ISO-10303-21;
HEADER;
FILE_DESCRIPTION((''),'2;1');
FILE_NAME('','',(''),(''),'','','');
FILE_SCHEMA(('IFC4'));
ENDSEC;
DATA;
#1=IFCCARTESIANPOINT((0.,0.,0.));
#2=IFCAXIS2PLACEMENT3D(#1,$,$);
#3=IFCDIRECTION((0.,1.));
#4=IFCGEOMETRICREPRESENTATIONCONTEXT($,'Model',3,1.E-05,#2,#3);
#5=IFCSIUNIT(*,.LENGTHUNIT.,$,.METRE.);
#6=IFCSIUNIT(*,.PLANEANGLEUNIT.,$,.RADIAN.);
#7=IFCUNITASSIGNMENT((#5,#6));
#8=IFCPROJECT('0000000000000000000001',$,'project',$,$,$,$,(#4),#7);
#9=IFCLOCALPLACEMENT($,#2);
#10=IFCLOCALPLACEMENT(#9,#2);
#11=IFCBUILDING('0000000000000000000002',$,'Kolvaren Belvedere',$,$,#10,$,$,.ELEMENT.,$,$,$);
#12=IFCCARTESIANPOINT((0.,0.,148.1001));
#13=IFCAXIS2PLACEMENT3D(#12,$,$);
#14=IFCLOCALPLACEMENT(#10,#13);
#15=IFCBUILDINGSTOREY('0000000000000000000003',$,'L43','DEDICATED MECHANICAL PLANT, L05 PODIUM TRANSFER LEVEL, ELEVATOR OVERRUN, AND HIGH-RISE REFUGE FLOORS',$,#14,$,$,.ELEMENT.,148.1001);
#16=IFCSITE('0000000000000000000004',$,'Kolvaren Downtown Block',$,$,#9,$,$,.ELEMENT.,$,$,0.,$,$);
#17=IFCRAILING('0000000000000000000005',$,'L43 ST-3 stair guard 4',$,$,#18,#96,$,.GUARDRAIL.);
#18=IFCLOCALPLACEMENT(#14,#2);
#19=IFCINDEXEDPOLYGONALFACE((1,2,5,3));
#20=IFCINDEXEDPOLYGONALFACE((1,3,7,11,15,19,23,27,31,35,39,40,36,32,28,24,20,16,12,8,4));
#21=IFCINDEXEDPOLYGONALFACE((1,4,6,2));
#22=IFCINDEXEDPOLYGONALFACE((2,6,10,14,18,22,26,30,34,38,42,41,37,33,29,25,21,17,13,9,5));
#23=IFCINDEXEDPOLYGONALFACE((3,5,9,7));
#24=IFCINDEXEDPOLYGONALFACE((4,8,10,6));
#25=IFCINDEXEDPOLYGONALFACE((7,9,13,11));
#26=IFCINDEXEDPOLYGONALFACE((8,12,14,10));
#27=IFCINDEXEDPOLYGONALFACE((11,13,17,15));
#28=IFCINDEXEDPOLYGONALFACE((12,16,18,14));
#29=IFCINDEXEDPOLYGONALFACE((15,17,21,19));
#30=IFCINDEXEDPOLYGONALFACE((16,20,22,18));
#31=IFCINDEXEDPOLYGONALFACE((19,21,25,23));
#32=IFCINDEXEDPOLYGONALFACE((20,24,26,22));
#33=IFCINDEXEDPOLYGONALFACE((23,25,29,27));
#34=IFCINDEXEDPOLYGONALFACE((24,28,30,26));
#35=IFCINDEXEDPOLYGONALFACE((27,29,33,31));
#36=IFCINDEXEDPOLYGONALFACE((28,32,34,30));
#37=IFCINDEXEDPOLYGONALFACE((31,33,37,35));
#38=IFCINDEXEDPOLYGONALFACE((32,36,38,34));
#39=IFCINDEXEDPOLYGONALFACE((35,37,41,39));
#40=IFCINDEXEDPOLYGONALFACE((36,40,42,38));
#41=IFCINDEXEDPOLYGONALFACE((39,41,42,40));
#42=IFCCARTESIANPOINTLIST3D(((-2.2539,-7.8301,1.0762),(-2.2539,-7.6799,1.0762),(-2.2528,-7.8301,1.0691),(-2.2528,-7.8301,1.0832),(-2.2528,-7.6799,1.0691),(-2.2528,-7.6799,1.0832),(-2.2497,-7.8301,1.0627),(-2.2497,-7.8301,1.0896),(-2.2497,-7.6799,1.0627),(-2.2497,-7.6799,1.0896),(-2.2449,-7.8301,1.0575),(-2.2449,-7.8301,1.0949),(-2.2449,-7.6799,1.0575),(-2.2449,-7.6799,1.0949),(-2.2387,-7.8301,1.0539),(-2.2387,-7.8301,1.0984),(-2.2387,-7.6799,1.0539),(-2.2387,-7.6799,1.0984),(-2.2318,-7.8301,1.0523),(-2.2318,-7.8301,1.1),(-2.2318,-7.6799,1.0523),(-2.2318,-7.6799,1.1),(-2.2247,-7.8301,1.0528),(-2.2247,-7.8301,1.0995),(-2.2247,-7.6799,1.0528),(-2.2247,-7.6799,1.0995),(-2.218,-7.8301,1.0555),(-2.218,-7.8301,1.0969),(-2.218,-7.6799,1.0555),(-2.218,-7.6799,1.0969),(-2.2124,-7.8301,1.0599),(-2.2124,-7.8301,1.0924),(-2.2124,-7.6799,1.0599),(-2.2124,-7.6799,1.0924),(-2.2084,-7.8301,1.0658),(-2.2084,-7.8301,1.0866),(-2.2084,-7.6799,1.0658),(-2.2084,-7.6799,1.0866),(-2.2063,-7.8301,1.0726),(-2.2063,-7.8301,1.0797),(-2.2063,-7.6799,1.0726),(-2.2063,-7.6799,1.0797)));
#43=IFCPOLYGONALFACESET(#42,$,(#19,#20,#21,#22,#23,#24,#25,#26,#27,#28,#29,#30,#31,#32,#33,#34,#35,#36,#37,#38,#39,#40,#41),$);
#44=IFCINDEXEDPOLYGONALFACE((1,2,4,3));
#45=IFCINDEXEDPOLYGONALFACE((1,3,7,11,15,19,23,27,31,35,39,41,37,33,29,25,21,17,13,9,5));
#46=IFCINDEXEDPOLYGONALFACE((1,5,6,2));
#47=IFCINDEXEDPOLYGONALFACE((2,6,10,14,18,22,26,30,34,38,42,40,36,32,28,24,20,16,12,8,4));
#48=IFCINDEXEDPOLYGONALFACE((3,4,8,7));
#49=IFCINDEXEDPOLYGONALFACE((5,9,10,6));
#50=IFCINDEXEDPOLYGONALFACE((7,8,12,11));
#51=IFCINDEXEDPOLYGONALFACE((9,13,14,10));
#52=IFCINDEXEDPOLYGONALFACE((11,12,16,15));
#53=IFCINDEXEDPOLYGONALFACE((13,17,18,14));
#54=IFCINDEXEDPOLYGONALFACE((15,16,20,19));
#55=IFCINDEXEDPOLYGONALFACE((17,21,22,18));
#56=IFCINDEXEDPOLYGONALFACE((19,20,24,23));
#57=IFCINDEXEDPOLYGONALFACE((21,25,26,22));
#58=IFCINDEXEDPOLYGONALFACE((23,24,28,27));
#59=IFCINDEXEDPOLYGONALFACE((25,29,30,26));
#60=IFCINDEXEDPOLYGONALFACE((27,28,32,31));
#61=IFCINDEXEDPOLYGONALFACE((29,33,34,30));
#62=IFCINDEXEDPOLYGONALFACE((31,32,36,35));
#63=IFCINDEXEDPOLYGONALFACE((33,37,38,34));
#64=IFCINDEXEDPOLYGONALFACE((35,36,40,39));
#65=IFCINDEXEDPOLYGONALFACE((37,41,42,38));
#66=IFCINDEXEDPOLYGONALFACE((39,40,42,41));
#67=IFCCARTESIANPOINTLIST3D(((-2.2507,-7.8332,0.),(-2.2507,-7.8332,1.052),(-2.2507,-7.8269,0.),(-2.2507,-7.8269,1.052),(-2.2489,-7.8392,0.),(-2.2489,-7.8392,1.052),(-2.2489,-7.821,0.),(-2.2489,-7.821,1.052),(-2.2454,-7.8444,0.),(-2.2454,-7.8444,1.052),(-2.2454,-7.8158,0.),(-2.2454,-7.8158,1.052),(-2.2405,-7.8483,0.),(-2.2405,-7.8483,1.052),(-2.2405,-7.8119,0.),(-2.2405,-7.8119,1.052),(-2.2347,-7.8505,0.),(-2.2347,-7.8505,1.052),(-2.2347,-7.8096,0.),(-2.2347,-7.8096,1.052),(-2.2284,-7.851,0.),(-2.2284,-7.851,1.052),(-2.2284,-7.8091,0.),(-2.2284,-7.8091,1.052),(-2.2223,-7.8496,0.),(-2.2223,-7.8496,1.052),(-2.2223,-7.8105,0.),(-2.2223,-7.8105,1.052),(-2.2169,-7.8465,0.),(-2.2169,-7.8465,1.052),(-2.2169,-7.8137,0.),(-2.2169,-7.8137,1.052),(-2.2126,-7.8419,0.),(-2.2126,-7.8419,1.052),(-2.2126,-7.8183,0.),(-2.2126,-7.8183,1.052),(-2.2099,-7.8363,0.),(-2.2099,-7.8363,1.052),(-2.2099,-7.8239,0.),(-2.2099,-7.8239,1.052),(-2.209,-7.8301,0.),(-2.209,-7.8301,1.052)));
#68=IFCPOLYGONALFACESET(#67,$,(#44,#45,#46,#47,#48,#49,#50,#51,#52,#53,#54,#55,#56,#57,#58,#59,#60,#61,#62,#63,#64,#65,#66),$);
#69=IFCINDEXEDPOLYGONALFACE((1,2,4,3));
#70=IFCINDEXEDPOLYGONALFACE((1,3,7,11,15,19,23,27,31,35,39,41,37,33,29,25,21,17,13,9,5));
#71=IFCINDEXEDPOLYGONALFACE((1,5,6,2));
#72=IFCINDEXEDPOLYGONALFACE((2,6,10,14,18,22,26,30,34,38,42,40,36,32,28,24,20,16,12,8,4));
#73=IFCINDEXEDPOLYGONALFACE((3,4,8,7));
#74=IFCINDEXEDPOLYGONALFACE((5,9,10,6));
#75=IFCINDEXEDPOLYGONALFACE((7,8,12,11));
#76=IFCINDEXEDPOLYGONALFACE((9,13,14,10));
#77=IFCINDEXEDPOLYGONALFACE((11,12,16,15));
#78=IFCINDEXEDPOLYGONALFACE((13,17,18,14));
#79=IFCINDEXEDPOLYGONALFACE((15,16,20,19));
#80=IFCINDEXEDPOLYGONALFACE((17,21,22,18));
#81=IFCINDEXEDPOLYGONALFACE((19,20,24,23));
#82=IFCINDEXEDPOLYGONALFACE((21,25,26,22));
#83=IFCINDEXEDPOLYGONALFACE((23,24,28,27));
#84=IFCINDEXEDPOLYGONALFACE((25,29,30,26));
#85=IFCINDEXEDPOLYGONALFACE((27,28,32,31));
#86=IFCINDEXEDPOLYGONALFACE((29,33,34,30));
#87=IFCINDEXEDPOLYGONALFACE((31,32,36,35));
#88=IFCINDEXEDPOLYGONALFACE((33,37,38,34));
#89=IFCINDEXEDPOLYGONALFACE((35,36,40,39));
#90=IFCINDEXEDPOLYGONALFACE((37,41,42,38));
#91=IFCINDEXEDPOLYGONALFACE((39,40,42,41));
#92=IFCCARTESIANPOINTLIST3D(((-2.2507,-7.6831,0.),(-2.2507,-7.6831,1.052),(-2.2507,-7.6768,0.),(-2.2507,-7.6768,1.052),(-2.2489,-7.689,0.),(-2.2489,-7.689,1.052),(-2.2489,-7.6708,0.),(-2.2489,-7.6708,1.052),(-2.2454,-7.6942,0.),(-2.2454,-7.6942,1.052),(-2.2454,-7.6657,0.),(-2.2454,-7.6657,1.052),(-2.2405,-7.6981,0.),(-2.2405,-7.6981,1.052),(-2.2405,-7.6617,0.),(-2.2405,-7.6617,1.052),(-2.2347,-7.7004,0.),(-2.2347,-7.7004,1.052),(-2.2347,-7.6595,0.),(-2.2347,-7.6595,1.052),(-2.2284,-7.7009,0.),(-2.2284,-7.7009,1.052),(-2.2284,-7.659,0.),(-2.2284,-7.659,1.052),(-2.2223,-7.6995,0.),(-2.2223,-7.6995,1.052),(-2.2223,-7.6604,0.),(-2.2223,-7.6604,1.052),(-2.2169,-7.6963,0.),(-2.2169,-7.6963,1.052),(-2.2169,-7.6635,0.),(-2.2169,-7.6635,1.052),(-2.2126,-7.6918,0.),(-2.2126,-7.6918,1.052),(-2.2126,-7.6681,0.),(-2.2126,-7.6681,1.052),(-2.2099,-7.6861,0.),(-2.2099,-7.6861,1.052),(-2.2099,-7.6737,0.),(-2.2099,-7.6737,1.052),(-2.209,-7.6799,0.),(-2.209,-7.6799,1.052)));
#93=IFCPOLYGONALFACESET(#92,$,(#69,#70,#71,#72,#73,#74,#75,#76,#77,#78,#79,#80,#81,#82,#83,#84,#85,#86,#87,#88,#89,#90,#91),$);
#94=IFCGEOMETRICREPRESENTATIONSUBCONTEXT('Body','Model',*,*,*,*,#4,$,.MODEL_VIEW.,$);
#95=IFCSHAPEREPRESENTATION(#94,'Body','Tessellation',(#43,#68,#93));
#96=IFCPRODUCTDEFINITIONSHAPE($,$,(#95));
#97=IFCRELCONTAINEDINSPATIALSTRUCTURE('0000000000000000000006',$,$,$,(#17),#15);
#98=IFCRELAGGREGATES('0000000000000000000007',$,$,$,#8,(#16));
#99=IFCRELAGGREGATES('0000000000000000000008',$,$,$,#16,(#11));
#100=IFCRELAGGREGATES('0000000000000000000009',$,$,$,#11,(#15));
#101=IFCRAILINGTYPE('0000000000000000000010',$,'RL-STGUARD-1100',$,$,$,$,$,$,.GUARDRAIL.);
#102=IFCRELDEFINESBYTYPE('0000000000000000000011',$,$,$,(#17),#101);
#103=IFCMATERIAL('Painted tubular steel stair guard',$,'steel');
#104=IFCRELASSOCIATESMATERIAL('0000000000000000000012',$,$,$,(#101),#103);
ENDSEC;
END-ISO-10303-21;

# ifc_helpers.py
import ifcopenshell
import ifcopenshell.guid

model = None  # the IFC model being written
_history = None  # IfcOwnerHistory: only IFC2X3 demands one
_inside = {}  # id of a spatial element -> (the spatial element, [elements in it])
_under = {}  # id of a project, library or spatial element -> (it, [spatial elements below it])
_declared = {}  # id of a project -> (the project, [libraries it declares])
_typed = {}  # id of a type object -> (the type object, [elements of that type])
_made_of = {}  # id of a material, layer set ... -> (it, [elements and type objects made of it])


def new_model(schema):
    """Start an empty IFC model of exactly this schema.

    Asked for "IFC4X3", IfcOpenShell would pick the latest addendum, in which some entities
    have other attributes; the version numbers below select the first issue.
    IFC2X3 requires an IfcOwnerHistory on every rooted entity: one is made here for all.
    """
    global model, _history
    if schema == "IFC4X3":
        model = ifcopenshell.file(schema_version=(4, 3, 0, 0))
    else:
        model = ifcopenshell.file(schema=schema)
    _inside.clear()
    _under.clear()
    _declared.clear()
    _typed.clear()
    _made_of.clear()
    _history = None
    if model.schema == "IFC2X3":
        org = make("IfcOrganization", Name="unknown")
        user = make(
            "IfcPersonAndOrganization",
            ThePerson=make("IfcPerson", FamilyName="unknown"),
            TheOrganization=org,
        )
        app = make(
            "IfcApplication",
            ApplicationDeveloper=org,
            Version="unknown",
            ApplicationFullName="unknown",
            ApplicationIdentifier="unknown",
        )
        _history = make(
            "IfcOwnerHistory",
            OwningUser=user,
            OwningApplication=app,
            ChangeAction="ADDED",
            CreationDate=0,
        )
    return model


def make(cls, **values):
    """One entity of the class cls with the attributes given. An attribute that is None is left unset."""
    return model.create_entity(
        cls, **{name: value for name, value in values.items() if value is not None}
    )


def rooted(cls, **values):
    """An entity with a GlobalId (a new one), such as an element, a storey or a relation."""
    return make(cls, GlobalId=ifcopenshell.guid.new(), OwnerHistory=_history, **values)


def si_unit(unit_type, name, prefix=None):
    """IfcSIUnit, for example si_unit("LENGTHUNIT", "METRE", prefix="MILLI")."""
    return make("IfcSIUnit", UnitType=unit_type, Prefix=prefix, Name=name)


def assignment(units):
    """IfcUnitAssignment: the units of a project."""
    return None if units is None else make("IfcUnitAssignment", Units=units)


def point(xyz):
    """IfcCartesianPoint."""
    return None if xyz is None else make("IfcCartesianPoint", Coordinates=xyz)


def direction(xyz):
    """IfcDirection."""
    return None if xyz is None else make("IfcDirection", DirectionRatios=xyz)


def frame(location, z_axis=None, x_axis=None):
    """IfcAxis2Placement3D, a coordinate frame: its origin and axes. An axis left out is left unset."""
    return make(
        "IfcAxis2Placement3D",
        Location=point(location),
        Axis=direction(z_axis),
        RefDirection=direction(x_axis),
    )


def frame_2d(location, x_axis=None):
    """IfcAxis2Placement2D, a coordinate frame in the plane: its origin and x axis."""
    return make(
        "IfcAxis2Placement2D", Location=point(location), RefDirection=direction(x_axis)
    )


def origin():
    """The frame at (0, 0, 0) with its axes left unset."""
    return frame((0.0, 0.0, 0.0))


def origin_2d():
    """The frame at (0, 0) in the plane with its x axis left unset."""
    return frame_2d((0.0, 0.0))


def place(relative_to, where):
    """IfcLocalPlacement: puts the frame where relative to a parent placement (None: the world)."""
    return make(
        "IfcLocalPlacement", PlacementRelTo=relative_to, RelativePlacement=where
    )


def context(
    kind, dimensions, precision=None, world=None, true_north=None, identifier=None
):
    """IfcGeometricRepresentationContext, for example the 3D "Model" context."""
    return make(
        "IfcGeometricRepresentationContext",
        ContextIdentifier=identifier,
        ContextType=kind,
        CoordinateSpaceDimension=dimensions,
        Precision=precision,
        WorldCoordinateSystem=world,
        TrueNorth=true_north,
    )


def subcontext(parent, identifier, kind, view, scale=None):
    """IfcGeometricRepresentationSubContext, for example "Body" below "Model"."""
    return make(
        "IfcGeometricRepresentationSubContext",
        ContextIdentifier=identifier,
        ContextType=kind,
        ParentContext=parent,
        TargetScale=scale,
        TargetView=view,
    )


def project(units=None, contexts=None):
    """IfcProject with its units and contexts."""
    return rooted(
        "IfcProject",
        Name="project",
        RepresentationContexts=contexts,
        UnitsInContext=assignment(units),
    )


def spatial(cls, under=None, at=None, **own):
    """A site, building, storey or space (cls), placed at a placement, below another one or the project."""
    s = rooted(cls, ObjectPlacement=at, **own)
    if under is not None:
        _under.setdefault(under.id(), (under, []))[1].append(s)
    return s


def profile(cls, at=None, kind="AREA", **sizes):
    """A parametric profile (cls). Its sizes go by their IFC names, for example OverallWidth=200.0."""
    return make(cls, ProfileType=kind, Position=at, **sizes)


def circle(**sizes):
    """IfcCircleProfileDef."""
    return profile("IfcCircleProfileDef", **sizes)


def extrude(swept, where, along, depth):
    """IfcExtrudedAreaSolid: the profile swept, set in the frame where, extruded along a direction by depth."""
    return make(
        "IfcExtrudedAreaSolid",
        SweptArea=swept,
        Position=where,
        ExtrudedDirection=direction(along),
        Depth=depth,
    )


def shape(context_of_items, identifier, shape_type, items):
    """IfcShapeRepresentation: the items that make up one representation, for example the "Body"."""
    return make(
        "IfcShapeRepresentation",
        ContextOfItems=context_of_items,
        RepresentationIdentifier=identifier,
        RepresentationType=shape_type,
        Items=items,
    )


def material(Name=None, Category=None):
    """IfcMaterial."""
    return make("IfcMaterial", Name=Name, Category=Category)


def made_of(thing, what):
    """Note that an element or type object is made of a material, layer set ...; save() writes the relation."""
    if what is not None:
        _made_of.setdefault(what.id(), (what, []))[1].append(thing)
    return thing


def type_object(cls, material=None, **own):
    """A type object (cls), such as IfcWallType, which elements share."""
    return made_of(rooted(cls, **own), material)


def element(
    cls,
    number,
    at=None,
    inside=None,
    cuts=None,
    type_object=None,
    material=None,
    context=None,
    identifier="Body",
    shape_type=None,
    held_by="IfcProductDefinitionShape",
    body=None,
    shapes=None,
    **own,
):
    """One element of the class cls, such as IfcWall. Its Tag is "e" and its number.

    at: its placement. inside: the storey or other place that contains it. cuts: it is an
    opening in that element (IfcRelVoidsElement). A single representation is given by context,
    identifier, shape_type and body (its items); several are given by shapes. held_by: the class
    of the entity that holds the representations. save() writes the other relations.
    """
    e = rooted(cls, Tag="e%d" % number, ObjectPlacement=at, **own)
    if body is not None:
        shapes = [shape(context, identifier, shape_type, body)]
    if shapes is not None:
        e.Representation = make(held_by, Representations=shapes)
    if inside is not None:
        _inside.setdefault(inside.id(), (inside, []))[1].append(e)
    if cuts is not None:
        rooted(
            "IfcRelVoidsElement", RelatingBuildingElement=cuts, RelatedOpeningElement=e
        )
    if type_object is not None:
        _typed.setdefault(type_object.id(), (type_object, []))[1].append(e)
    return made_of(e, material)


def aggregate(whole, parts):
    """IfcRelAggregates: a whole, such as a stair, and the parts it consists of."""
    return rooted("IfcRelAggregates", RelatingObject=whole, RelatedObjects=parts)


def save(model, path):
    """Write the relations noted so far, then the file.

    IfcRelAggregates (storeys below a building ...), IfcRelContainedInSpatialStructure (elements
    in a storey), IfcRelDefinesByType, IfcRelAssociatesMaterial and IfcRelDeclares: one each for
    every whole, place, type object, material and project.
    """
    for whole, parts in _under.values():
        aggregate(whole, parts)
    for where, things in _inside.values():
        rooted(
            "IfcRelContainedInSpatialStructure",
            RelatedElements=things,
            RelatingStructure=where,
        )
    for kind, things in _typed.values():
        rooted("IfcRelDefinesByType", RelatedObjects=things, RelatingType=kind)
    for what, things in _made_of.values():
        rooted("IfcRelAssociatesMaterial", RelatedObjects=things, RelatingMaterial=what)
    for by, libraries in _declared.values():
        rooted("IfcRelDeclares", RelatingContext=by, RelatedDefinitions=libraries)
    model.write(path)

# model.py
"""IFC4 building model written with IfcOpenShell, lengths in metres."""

from ifc_helpers import new_model, si_unit, direction, frame, origin, origin_2d, place, context, subcontext, project, spatial, circle, extrude, material, type_object, element, save


model = new_model("IFC4")

# Units and contexts
model_context = context("Model", 3, precision=1e-05, world=origin(), true_north=direction((0.0, 1.0)))
body_context = subcontext(model_context, "Body", "Model", "MODEL_VIEW")
ifc_project = project(units=[si_unit("LENGTHUNIT", "METRE"), si_unit("PLANEANGLEUNIT", "RADIAN")], contexts=[model_context])

# Site, building, storey
site_placement = place(None, origin())
site = spatial("IfcSite", under=ifc_project, at=site_placement, Name="Kolvaren Downtown Block", CompositionType="ELEMENT", RefElevation=0.0)
building_placement = place(site_placement, origin())
building = spatial("IfcBuilding", under=site, at=building_placement, Name="Kolvaren Belvedere", CompositionType="ELEMENT")
storey_placement = place(building_placement, frame((0.0, 0.0, 148.1001)))
storey = spatial("IfcBuildingStorey", under=building, at=storey_placement, Name="L43", Description="DEDICATED MECHANICAL PLANT, L05 PODIUM TRANSFER LEVEL, ELEVATOR OVERRUN, AND HIGH-RISE REFUGE FLOORS", CompositionType="ELEMENT", Elevation=148.1001)

# Railing
ifc_material_1 = material(Name="Painted tubular steel stair guard", Category="steel")
railing_type_1 = type_object("IfcRailingType", Name="RL-STGUARD-1100", PredefinedType="GUARDRAIL", material=ifc_material_1)
railing_1_placement = place(storey_placement, frame((-2.23, -7.8301, 0.0)))
element("IfcRailing", 1, at=railing_1_placement, inside=storey, type_object=railing_type_1, Name="L43 ST-3 stair guard 4", PredefinedType="GUARDRAIL", context=body_context, shape_type="SweptSolid", body=[
    extrude(circle(Radius=0.0239, at=origin_2d()), frame((0.0, 0.0, 1.0762), z_axis=(0.0, 1.0, 0.0), x_axis=(-1.0, 0.0, 0.0)), (0.0, 0.0, 1.0), 0.1501),
    extrude(circle(Radius=0.021, at=origin_2d()), origin(), (0.0, 0.0, 1.0), 1.052),
    extrude(circle(Radius=0.021, at=origin_2d()), frame((0.0, 0.1501, 0.0)), (0.0, 0.0, 1.0), 1.052),
])

save(model, "model.ifc")
